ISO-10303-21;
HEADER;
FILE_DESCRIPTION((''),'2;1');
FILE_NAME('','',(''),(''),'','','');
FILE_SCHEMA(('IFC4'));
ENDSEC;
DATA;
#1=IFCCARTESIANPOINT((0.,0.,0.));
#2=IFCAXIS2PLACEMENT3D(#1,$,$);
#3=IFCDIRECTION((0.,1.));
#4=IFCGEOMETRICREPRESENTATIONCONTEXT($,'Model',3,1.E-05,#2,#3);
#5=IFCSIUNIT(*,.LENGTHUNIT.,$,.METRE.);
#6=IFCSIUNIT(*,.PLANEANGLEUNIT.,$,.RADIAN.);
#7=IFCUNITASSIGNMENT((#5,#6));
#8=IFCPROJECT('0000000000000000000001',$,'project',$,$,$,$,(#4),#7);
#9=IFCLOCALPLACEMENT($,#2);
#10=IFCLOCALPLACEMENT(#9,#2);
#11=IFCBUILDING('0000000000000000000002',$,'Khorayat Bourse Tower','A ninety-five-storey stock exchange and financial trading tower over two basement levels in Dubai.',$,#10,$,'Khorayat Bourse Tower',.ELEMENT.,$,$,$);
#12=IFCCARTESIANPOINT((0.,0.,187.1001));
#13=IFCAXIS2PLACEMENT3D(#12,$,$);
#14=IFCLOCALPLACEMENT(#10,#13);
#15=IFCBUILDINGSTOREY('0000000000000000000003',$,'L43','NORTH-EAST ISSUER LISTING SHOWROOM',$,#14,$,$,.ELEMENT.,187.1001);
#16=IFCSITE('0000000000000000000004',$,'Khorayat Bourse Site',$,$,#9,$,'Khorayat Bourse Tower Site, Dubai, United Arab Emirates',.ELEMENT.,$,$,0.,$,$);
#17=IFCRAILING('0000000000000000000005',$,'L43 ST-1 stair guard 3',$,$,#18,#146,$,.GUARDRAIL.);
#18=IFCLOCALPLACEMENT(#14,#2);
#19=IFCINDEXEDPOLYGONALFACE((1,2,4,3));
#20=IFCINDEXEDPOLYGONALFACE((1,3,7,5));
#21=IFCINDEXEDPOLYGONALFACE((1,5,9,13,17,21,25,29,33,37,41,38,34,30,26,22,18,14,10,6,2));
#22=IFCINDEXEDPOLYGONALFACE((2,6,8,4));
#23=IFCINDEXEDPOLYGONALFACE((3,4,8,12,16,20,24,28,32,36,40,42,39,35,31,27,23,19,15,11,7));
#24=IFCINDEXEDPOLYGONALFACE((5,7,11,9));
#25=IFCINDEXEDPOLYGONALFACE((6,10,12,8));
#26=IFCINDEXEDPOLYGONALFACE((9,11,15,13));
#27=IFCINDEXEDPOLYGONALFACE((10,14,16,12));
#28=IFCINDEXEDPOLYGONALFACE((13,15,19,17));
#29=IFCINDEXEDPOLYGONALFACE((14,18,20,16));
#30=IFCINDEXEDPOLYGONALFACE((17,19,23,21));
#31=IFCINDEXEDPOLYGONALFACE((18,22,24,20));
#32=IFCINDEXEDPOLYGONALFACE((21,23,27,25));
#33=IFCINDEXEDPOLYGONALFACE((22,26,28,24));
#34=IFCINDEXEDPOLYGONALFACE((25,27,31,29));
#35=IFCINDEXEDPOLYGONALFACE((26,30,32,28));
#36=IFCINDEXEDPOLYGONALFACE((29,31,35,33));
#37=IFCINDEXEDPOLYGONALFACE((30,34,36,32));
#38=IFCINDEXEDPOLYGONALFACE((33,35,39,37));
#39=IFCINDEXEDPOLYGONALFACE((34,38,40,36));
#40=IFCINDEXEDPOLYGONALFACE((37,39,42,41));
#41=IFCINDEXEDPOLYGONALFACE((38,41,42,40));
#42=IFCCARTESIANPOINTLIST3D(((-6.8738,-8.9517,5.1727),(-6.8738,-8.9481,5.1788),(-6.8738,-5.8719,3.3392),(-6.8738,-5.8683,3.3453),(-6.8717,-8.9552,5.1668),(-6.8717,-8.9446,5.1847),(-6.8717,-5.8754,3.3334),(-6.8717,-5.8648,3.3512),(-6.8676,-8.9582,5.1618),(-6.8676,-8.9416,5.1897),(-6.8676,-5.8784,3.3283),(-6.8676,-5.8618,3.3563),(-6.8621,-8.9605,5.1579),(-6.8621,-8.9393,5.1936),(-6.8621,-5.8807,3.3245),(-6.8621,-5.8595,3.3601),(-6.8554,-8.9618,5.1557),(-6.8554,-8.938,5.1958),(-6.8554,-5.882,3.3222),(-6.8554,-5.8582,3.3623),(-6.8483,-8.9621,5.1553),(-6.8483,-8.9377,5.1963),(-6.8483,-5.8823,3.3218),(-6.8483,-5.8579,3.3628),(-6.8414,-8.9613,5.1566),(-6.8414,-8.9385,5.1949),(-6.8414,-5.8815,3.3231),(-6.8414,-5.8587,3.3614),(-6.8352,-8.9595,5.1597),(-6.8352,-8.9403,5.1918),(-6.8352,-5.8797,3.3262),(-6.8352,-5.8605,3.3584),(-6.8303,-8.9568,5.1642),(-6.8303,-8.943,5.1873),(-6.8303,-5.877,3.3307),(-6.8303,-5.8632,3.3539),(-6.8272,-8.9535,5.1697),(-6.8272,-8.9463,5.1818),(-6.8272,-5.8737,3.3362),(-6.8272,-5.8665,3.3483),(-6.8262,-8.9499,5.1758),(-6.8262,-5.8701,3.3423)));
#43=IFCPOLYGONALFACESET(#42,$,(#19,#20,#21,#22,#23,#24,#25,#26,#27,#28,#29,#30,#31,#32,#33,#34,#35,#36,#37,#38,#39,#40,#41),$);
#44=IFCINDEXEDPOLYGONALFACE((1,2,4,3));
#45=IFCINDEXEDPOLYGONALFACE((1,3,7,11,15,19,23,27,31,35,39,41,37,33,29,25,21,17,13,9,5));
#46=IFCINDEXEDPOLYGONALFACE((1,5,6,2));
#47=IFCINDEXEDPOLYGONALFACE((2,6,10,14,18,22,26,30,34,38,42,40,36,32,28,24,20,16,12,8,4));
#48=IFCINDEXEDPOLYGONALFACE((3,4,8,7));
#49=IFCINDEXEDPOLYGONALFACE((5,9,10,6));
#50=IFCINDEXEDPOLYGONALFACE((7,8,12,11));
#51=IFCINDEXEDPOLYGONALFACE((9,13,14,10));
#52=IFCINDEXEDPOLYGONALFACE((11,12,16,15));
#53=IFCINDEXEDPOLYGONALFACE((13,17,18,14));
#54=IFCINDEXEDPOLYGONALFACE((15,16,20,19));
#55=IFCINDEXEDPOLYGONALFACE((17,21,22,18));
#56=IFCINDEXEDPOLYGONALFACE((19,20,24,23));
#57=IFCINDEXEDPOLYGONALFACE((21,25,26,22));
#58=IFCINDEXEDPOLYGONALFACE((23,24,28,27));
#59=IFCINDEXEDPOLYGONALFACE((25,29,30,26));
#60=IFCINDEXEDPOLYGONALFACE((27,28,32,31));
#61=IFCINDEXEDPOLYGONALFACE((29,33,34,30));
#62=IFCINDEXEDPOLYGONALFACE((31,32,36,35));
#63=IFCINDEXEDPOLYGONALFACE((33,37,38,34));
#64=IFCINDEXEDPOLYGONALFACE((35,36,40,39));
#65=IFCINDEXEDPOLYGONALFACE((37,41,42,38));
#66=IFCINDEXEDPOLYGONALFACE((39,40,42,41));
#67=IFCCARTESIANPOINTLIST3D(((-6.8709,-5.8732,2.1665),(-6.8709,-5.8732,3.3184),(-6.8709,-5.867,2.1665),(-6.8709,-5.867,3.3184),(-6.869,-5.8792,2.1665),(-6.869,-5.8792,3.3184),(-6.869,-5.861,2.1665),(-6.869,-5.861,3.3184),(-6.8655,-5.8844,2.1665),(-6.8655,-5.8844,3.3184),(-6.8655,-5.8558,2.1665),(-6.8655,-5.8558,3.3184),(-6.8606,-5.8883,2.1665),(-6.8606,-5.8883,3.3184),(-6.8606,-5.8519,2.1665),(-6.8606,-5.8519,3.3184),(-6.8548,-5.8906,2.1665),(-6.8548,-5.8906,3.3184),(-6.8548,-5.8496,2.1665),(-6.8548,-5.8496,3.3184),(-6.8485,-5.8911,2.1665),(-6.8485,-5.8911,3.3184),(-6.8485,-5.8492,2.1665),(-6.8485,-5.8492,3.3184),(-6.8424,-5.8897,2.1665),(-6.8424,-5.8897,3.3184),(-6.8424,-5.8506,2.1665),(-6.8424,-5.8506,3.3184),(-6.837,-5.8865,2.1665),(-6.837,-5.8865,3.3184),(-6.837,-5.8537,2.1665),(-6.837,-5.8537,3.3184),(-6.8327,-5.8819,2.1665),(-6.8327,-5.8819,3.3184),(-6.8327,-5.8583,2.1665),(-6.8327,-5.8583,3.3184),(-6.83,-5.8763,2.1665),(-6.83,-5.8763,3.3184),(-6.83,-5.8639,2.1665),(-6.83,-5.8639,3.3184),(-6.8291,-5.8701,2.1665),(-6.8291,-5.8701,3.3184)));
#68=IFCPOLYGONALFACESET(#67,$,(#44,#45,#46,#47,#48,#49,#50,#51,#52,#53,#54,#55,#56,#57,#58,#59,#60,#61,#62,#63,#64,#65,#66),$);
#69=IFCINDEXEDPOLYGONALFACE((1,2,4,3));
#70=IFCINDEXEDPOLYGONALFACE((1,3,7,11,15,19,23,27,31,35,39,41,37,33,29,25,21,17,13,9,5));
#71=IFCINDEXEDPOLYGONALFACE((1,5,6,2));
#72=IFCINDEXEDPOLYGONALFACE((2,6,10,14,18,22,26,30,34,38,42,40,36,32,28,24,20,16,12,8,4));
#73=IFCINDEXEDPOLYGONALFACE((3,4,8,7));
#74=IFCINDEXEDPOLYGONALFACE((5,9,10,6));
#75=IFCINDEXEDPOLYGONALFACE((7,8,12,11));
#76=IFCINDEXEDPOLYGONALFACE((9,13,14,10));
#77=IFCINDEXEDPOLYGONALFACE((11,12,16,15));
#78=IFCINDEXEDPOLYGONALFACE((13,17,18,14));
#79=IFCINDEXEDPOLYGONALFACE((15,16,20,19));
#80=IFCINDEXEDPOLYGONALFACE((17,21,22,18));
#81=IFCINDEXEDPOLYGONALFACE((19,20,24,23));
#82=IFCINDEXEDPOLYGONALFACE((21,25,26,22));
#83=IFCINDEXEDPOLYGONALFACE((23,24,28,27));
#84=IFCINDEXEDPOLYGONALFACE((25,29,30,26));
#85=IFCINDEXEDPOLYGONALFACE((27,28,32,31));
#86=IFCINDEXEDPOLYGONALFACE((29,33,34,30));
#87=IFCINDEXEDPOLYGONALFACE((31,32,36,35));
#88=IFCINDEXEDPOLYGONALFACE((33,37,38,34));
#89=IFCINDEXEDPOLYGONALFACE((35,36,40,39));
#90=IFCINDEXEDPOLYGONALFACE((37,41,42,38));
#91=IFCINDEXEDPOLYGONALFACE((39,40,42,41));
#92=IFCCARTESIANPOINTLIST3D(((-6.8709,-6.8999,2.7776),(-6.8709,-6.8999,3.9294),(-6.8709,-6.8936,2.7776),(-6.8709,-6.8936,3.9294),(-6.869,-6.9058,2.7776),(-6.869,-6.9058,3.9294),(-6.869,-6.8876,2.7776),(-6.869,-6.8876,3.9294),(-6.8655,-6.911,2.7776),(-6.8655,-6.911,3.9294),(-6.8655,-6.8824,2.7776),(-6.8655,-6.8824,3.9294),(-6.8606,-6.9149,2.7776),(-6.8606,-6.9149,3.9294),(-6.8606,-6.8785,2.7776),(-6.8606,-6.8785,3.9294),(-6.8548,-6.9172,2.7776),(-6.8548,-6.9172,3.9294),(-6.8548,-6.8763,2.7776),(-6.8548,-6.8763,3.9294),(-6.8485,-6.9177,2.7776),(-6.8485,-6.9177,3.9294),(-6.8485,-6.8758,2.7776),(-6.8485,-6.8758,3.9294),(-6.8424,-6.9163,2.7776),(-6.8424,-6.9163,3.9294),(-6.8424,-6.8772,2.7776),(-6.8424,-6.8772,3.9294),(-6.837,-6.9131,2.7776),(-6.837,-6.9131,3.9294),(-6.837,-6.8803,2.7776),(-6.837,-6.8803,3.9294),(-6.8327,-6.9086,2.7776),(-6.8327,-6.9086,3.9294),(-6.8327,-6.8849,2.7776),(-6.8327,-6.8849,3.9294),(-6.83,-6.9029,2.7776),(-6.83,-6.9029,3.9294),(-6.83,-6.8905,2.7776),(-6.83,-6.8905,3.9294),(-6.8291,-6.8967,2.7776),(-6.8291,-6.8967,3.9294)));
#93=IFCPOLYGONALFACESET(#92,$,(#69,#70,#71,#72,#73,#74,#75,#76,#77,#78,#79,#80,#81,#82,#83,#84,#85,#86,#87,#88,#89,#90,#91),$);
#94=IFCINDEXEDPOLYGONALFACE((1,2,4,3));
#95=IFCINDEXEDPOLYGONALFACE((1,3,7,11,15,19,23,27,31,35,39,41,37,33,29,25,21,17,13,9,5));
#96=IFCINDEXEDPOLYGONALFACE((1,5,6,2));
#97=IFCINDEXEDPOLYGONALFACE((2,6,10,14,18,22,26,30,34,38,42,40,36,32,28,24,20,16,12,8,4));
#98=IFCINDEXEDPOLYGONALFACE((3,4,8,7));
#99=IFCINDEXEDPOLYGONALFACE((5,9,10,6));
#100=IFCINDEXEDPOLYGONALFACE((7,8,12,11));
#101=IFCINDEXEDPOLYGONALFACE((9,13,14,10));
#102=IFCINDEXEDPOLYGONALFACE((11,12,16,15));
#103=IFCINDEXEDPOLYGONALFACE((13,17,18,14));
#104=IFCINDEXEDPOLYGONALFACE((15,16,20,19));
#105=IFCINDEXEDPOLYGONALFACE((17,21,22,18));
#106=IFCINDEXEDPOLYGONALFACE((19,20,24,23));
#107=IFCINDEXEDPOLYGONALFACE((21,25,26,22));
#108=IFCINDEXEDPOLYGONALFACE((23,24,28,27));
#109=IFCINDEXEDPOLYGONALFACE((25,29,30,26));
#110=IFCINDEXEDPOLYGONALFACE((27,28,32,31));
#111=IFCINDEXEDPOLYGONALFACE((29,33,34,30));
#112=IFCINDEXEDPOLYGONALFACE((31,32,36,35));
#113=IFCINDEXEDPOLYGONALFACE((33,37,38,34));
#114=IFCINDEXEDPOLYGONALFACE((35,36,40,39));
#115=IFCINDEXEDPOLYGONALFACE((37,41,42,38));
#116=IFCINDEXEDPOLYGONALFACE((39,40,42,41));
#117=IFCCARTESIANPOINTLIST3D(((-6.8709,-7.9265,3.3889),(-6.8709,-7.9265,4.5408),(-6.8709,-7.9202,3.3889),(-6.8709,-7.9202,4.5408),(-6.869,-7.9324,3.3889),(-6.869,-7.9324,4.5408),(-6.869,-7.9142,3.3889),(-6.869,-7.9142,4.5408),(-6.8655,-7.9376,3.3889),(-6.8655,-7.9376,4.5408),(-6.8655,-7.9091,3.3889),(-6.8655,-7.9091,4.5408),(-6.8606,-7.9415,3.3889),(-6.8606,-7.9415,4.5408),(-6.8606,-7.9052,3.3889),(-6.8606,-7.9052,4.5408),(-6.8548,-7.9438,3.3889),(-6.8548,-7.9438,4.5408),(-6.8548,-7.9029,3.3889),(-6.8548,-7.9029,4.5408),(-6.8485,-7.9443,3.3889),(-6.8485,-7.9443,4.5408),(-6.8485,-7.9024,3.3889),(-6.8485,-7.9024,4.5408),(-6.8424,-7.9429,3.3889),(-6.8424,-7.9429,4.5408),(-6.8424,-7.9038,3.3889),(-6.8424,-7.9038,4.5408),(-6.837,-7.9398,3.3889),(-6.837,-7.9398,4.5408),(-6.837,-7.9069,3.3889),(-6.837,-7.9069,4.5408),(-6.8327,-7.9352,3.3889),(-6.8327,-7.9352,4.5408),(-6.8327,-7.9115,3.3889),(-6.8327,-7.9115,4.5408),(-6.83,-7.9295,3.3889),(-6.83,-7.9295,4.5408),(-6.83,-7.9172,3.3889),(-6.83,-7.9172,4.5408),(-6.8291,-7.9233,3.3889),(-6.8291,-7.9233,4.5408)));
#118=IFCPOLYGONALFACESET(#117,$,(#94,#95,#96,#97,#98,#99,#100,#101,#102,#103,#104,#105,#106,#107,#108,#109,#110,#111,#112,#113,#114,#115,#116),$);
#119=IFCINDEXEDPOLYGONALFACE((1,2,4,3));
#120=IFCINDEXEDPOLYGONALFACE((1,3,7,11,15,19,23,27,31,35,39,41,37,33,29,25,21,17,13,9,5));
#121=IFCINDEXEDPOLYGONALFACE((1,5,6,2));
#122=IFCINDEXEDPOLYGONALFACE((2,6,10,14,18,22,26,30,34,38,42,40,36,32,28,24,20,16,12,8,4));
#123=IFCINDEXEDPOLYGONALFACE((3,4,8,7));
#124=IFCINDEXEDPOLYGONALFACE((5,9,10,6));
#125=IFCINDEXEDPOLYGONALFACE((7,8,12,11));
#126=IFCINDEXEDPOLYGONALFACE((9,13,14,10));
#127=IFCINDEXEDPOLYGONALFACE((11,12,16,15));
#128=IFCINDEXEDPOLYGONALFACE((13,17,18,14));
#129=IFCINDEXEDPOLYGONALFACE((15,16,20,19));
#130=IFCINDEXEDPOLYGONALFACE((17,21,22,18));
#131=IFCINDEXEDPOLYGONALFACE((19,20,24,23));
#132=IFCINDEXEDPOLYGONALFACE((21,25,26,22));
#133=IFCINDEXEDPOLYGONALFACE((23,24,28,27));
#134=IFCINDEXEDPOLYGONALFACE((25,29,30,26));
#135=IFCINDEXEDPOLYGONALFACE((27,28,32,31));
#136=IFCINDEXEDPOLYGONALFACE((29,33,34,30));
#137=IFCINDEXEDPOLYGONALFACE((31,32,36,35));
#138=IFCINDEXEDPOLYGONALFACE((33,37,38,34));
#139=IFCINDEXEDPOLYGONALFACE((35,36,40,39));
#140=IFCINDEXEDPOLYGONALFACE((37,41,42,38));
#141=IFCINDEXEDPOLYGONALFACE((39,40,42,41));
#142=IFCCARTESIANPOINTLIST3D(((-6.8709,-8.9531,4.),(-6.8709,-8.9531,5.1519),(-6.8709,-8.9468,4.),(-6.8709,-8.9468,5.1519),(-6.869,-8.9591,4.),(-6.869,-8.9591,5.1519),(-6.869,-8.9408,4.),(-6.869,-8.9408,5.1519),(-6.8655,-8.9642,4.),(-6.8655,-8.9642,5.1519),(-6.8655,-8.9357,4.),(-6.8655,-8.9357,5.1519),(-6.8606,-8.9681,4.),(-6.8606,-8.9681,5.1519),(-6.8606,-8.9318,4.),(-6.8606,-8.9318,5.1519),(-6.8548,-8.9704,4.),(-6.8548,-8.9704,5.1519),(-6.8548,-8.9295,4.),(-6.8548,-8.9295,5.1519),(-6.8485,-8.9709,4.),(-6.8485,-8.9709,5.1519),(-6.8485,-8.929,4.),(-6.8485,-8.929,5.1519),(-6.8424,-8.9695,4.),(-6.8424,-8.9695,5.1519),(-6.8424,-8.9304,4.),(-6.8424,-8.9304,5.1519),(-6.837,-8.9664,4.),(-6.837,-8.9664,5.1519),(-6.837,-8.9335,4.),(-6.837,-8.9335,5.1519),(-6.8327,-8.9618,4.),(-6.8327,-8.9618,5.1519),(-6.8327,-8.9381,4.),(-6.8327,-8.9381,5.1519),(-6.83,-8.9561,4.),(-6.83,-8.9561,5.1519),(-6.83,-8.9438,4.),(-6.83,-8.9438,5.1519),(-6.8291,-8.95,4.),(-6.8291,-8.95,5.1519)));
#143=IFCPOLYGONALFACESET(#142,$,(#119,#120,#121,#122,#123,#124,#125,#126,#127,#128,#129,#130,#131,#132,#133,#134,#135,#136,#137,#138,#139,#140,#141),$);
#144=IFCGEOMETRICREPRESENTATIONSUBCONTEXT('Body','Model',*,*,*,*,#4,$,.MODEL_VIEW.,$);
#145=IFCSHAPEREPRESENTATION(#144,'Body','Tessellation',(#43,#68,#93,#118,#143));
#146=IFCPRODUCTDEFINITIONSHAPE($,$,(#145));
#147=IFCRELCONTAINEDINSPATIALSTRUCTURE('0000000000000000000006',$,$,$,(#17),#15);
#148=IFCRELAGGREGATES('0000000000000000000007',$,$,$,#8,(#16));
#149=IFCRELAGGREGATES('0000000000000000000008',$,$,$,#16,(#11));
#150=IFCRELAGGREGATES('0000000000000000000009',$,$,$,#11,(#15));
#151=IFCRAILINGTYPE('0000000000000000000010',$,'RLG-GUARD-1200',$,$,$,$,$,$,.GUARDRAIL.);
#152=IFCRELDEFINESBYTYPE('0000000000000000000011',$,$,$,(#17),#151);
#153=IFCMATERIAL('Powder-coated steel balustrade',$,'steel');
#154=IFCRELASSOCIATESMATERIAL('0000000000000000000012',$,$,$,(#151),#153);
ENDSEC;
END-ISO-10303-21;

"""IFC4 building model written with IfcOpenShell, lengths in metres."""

from ifc_helpers import new_model, si_unit, direction, frame, origin, origin_2d, place, context, subcontext, project, spatial, circle, extrude, source, transform, mapped, material, type_object, element, save


model = new_model("IFC4")

# Units and contexts
model_context = context("Model", 3, precision=1e-05, world=origin(), true_north=direction((0.0, 1.0)))
body_context = subcontext(model_context, "Body", "Model", "MODEL_VIEW")
ifc_project = project(units=[si_unit("LENGTHUNIT", "METRE"), si_unit("PLANEANGLEUNIT", "RADIAN")], contexts=[model_context])

# Site, building, storey
site_placement = place(None, origin())
site = spatial("IfcSite", under=ifc_project, at=site_placement, Name="Khorayat Bourse Site", LongName="Khorayat Bourse Tower Site, Dubai, United Arab Emirates", CompositionType="ELEMENT", RefElevation=0.0)
building_placement = place(site_placement, origin())
building = spatial("IfcBuilding", under=site, at=building_placement, Name="Khorayat Bourse Tower", Description="A ninety-five-storey stock exchange and financial trading tower over two basement levels in Dubai.", LongName="Khorayat Bourse Tower", CompositionType="ELEMENT")
storey_placement = place(building_placement, frame((0.0, 0.0, 187.1001)))
storey = spatial("IfcBuildingStorey", under=building, at=storey_placement, Name="L43", Description="NORTH-EAST ISSUER LISTING SHOWROOM", CompositionType="ELEMENT", Elevation=187.1001)

# Railing
ifc_material_1 = material(Name="Powder-coated steel balustrade", Category="steel")
railing_type_1 = type_object("IfcRailingType", Name="RLG-GUARD-1200", PredefinedType="GUARDRAIL", material=ifc_material_1)
shared_shape_1 = source(origin(), body_context, "Body", "SweptSolid", [
    extrude(circle(Radius=0.0239, at=origin_2d()), frame((0.0, 0.0, 1.1758), z_axis=(0.0, -0.859261, 0.511538), x_axis=(1.0, 0.0, 0.0)), (0.0, 0.0, 1.0), 3.5842),
    extrude(circle(Radius=0.021, at=origin_2d()), origin(), (0.0, 0.0, 1.0), 1.1519),
    extrude(circle(Radius=0.021, at=origin_2d()), frame((0.0, -1.0266, 0.6111)), (0.0, 0.0, 1.0), 1.1519),
    extrude(circle(Radius=0.021, at=origin_2d()), frame((0.0, -2.0532, 1.2224)), (0.0, 0.0, 1.0), 1.1519),
    extrude(circle(Radius=0.021, at=origin_2d()), frame((0.0, -3.0798, 1.8335)), (0.0, 0.0, 1.0), 1.1519),
])
railing_1_placement = place(storey_placement, frame((-6.8501, -5.8701, 2.1665)))
element("IfcRailing", 1, at=railing_1_placement, inside=storey, type_object=railing_type_1, Name="L43 ST-1 stair guard 3", PredefinedType="GUARDRAIL", context=body_context, shape_type="MappedRepresentation", body=[
    mapped(shared_shape_1, transform((0.0, 0.0, 0.0), scale=1.0)),
])

save(model, "model.ifc")
